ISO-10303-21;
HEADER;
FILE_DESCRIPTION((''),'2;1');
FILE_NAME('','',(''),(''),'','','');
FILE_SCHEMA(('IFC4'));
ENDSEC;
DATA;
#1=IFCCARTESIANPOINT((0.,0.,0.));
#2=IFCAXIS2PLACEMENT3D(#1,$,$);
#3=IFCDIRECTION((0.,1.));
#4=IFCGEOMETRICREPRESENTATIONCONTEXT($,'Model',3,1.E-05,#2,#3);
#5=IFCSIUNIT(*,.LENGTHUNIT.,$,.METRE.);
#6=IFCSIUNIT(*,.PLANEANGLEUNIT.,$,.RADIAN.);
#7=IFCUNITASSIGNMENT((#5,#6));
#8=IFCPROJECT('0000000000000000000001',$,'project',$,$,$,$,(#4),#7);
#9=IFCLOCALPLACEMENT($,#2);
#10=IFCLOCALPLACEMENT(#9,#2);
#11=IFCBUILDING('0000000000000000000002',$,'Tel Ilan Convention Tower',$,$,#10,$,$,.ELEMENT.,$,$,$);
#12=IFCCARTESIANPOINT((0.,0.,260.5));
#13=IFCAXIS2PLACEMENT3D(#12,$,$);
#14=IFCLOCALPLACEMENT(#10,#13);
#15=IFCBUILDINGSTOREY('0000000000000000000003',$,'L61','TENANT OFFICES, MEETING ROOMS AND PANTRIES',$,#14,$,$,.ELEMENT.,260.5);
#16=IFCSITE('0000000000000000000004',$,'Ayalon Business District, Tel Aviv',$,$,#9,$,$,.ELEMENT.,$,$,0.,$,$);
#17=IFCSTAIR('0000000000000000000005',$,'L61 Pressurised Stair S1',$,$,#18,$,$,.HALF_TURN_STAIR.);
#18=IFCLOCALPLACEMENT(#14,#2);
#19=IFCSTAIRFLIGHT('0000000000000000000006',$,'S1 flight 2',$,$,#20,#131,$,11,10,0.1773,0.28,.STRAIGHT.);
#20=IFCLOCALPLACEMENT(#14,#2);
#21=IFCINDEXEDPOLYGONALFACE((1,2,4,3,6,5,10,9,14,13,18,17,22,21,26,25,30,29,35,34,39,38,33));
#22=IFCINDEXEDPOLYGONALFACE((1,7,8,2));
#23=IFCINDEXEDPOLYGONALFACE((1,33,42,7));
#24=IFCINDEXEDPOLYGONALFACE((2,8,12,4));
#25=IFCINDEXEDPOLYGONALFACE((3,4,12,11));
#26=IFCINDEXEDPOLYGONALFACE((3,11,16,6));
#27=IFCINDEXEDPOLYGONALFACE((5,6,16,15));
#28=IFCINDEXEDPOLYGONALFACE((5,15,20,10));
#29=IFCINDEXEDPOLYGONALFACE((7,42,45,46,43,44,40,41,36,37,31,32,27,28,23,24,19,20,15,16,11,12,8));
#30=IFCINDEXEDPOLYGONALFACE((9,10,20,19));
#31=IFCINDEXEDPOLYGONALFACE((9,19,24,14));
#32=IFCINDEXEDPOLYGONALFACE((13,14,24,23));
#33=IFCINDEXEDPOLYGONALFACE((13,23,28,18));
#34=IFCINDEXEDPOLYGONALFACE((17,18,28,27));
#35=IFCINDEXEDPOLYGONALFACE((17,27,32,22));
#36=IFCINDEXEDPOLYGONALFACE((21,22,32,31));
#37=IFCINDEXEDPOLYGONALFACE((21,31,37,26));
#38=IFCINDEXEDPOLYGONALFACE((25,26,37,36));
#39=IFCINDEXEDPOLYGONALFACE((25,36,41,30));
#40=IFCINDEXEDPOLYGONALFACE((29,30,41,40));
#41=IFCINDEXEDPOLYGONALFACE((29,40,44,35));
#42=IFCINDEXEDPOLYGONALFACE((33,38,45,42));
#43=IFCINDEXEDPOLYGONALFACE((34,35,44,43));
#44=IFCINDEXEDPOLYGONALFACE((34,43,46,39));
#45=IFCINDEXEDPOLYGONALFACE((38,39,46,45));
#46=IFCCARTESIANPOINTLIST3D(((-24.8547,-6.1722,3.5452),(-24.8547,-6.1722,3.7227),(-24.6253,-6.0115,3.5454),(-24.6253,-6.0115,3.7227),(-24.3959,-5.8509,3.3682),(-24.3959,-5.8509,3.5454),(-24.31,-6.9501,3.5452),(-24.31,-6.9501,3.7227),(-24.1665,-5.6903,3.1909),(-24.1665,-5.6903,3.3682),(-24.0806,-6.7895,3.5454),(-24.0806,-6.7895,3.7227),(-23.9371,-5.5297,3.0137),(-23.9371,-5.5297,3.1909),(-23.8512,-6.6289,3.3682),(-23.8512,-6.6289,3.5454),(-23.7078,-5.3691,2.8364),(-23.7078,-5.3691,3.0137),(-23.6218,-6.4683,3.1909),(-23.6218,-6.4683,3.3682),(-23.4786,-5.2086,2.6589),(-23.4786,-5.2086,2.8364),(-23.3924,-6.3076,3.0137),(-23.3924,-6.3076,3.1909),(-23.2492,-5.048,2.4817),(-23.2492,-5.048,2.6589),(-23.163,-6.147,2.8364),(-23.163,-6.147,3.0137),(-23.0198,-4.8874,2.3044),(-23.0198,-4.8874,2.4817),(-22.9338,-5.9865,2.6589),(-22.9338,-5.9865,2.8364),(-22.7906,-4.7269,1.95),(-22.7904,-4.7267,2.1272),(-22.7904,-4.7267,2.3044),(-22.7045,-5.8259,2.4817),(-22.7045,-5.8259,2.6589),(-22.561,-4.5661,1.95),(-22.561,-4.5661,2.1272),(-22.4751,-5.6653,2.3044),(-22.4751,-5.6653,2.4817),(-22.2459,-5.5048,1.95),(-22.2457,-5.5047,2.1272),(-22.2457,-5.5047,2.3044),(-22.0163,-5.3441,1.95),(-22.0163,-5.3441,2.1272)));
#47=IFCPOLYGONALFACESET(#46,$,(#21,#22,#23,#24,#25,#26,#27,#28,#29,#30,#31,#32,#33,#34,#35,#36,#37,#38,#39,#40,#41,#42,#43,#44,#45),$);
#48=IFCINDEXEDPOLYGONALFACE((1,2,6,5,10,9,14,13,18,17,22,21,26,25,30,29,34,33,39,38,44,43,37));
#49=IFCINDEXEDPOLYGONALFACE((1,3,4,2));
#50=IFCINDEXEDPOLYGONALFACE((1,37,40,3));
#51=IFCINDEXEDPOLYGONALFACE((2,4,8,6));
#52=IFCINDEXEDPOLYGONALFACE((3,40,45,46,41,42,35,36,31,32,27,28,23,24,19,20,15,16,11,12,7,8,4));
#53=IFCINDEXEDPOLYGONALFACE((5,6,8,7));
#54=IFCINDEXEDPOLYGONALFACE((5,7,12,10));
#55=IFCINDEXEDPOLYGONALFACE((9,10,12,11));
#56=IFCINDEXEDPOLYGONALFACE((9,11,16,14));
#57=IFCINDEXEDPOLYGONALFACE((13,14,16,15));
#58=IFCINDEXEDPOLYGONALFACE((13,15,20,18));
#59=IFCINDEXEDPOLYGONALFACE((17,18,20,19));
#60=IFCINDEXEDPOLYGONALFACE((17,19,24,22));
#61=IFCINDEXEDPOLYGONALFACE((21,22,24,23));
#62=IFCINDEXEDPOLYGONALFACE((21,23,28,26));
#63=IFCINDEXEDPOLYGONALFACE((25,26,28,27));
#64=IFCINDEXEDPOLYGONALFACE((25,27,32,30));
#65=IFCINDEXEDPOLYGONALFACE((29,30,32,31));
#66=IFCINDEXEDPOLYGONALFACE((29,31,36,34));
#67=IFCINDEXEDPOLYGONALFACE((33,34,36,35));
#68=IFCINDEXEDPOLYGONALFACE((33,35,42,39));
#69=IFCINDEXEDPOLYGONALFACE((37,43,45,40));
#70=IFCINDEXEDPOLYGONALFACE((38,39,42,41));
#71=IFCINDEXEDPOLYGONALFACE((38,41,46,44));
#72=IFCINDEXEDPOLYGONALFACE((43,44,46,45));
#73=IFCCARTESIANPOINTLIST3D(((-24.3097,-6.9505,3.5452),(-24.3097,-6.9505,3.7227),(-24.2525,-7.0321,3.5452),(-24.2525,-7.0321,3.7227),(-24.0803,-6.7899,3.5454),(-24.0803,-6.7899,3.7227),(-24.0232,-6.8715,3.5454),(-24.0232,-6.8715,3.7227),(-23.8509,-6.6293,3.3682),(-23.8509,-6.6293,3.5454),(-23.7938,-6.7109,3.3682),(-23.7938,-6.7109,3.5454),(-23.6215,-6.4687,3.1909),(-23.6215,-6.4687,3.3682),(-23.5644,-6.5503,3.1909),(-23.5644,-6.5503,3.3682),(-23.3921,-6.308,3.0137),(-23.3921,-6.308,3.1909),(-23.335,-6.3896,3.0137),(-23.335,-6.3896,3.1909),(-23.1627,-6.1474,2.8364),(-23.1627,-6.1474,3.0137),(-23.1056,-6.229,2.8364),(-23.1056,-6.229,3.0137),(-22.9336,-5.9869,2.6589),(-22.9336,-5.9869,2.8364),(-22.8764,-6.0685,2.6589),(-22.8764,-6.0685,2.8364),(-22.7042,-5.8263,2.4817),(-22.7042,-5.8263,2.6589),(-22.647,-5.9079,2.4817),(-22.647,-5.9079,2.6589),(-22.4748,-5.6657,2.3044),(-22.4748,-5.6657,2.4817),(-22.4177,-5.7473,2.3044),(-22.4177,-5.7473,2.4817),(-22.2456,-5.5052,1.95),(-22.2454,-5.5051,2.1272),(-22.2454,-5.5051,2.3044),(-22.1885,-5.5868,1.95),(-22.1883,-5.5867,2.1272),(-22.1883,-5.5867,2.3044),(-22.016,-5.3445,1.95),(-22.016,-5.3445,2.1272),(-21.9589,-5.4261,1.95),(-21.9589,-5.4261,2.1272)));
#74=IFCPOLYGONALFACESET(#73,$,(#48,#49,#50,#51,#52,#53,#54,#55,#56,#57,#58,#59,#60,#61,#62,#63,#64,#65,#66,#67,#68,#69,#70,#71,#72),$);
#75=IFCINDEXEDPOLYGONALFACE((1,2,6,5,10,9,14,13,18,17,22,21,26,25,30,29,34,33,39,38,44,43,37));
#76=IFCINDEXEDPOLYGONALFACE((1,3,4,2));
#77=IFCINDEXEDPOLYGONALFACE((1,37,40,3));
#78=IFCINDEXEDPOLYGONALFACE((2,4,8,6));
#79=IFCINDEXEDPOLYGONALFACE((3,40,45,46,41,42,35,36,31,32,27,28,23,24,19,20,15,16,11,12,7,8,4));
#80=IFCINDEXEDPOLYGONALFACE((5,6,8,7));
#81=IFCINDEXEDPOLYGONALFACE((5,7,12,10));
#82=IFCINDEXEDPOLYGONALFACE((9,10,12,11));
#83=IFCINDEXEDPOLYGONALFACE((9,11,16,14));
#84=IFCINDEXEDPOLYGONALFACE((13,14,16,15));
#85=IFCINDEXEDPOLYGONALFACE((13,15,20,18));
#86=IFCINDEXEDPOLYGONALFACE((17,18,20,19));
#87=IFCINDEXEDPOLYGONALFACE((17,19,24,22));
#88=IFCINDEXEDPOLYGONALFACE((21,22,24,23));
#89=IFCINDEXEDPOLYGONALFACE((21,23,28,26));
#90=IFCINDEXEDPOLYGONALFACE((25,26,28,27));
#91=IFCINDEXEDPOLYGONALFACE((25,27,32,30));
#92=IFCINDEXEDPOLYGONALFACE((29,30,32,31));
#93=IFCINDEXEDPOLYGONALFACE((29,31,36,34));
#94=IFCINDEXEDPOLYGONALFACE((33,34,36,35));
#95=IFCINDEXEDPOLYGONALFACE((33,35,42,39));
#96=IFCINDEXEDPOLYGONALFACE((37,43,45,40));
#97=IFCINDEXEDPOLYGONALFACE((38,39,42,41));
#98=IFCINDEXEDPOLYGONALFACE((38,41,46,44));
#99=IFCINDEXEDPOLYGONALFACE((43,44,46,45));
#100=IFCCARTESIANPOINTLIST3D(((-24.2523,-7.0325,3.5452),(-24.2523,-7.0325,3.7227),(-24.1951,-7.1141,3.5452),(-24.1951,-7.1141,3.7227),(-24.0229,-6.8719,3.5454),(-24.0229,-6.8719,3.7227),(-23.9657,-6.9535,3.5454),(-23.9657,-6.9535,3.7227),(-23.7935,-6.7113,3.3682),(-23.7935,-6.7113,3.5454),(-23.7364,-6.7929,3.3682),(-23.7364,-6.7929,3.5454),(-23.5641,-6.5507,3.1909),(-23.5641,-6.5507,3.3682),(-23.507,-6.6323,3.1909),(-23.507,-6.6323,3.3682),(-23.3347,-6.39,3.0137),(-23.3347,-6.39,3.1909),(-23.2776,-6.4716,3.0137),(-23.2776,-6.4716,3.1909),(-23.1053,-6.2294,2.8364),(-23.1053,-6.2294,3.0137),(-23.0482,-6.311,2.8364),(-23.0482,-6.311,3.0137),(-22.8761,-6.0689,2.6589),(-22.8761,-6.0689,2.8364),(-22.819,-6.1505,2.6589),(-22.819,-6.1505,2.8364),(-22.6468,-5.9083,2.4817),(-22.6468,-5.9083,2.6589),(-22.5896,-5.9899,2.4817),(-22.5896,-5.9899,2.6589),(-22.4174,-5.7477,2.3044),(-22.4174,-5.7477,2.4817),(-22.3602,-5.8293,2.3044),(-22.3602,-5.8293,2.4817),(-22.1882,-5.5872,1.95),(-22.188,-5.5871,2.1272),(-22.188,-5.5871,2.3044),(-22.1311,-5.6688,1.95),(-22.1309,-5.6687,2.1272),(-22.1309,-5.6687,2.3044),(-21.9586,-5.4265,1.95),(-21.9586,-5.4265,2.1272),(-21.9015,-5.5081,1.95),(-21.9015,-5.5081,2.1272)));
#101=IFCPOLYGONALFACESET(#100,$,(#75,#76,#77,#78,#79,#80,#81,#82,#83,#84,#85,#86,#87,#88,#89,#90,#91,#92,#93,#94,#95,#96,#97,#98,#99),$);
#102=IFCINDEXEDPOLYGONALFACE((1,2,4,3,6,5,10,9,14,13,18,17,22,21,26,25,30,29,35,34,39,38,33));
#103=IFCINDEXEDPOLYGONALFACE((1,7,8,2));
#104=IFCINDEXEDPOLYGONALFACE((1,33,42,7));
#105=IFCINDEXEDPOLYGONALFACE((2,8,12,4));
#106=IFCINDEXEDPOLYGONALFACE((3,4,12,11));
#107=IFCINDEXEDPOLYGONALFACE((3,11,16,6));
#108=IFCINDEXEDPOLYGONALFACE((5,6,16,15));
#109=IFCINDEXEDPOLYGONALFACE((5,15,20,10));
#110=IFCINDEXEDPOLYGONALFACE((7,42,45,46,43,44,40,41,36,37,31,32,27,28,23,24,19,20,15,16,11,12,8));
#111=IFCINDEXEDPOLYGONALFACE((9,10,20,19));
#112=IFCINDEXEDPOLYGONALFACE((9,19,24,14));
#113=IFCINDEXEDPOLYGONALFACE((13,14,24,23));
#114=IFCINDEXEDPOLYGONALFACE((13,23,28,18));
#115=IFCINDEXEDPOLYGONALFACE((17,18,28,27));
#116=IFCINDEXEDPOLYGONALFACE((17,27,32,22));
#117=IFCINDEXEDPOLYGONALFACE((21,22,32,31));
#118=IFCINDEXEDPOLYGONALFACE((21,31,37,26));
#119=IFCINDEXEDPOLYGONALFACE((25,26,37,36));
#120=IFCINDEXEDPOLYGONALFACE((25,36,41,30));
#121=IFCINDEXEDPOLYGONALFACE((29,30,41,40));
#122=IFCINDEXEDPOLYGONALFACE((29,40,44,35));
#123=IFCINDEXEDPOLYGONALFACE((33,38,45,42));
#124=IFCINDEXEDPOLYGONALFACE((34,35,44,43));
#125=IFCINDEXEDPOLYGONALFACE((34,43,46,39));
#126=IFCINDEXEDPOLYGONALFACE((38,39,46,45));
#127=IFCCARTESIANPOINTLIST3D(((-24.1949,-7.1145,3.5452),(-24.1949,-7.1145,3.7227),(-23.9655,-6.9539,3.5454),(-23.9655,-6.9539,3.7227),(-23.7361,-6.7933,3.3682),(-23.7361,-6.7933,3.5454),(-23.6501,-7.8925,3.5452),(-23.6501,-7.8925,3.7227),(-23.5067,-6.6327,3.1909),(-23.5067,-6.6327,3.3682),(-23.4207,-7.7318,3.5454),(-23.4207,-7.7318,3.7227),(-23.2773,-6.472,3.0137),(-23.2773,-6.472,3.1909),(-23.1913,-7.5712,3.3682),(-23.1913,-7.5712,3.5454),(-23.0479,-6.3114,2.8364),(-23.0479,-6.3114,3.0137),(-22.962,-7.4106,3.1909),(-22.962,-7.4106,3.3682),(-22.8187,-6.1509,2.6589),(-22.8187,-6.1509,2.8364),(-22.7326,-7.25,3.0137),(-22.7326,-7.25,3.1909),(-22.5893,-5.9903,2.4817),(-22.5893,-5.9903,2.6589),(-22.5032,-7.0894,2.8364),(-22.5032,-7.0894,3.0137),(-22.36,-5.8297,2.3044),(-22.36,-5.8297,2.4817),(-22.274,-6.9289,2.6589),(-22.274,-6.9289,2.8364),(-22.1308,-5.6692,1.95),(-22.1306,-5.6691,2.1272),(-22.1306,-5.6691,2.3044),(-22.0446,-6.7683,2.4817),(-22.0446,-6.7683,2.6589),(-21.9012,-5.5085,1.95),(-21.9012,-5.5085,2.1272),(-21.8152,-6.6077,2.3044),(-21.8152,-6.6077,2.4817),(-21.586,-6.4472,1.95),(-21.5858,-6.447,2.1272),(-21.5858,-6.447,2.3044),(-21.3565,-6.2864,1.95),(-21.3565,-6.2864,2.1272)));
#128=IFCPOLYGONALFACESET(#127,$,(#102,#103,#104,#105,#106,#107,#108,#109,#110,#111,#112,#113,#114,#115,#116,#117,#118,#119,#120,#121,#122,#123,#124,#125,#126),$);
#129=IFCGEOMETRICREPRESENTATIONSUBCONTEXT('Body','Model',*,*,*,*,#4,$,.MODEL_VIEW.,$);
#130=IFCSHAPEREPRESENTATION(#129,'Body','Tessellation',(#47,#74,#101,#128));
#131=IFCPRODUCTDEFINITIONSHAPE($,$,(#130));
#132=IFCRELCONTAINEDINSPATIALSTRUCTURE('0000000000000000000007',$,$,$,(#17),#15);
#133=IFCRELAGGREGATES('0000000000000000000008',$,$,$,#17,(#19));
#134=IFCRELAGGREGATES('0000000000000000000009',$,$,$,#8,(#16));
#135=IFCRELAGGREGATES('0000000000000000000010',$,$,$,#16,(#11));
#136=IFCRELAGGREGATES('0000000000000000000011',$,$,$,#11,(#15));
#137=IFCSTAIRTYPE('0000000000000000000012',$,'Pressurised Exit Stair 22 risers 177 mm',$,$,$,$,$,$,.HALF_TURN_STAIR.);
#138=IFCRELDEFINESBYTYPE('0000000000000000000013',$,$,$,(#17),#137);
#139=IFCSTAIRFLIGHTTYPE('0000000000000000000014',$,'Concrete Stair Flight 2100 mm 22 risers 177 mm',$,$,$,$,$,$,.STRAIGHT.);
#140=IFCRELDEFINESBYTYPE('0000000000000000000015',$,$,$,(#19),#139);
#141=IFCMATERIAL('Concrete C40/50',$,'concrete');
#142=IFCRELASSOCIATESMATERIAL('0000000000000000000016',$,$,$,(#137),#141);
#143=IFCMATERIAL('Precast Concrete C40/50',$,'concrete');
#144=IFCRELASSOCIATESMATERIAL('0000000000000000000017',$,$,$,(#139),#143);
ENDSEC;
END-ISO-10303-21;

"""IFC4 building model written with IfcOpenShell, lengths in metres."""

from ifc_helpers import new_model, si_unit, direction, frame, origin, place, context, subcontext, project, spatial, polyline, outline, extrude, material, type_object, element, aggregate, save


model = new_model("IFC4")

# Units and contexts
model_context = context("Model", 3, precision=1e-05, world=origin(), true_north=direction((0.0, 1.0)))
body_context = subcontext(model_context, "Body", "Model", "MODEL_VIEW")
ifc_project = project(units=[si_unit("LENGTHUNIT", "METRE"), si_unit("PLANEANGLEUNIT", "RADIAN")], contexts=[model_context])

# Site, building, storey
site_placement = place(None, origin())
site = spatial("IfcSite", under=ifc_project, at=site_placement, Name="Ayalon Business District, Tel Aviv", CompositionType="ELEMENT", RefElevation=0.0)
building_placement = place(site_placement, origin())
building = spatial("IfcBuilding", under=site, at=building_placement, Name="Tel Ilan Convention Tower", CompositionType="ELEMENT")
storey_placement = place(building_placement, frame((0.0, 0.0, 260.5)))
storey = spatial("IfcBuildingStorey", under=building, at=storey_placement, Name="L61", Description="TENANT OFFICES, MEETING ROOMS AND PANTRIES", CompositionType="ELEMENT", Elevation=260.5)

# Stair, stair flight
ifc_material_1 = material(Name="Concrete C40/50", Category="concrete")
stair_type = type_object("IfcStairType", Name="Pressurised Exit Stair 22 risers 177 mm", PredefinedType="HALF_TURN_STAIR", material=ifc_material_1)
stair_1_placement = place(storey_placement, origin())
stair_1 = element("IfcStair", 1, at=stair_1_placement, inside=storey, type_object=stair_type, Name="L61 Pressurised Stair S1", PredefinedType="HALF_TURN_STAIR")
ifc_material_2 = material(Name="Precast Concrete C40/50", Category="concrete")
stair_flight_type = type_object("IfcStairFlightType", Name="Concrete Stair Flight 2100 mm 22 risers 177 mm", PredefinedType="STRAIGHT", material=ifc_material_2)
stair_flight_1_placement = place(storey_placement, frame((-21.9587, -5.4263, 1.95), z_axis=(0.0, 0.0, 1.0), x_axis=(-0.819152, -0.573576, 0.0)))
stair_flight_1 = element("IfcStairFlight", 2, at=stair_flight_1_placement, type_object=stair_flight_type, Name="S1 flight 2", NumberOfRisers=11, NumberOfTreads=10, PredefinedType="STRAIGHT", RiserHeight=0.1773, TreadLength=0.28, context=body_context, shape_type="SweptSolid", body=[
    extrude(outline(polyline([(0.0, 0.0), (0.0, 0.1772), (0.28, 0.1772), (0.28, 0.3545), (0.5601, 0.3545), (0.5601, 0.5317), (0.8401, 0.5317), (0.8401, 0.709), (1.1201, 0.709), (1.1201, 0.8865), (1.3999, 0.8865), (1.3999, 1.0637), (1.6799, 1.0637), (1.6799, 1.241), (1.96, 1.241), (1.96, 1.4182), (2.24, 1.4182), (2.24, 1.5955), (2.52, 1.5955), (2.52, 1.7727), (2.8, 1.7727), (2.8, 1.95), (2.8, 1.5952), (0.2803, 0.0), (0.0, 0.0)])), frame((0.0, -0.1003, 0.0), z_axis=(0.0, -1.0, 0.0), x_axis=(1.0, 0.0, 0.0)), (0.0, 0.0, 1.0), 0.9497),
    extrude(outline(polyline([(0.0, 0.0), (0.0, 0.1772), (0.28, 0.1772), (0.28, 0.3545), (0.5601, 0.3545), (0.5601, 0.5317), (0.8401, 0.5317), (0.8401, 0.709), (1.1201, 0.709), (1.1201, 0.8865), (1.3999, 0.8865), (1.3999, 1.0637), (1.6799, 1.0637), (1.6799, 1.241), (1.96, 1.241), (1.96, 1.4182), (2.24, 1.4182), (2.24, 1.5955), (2.52, 1.5955), (2.52, 1.7727), (2.8, 1.7727), (2.8, 1.95), (2.8, 1.5952), (0.2803, 0.0), (0.0, 0.0)])), frame((0.0, -0.0002, 0.0), z_axis=(0.0, -1.0, 0.0), x_axis=(1.0, 0.0, 0.0)), (0.0, 0.0, 1.0), 0.0996),
    extrude(outline(polyline([(0.0, 0.0), (0.0, 0.1772), (0.28, 0.1772), (0.28, 0.3545), (0.5601, 0.3545), (0.5601, 0.5317), (0.8401, 0.5317), (0.8401, 0.709), (1.1201, 0.709), (1.1201, 0.8865), (1.3999, 0.8865), (1.3999, 1.0637), (1.6799, 1.0637), (1.6799, 1.241), (1.96, 1.241), (1.96, 1.4182), (2.24, 1.4182), (2.24, 1.5955), (2.52, 1.5955), (2.52, 1.7727), (2.8, 1.7727), (2.8, 1.95), (2.8, 1.5952), (0.2803, 0.0), (0.0, 0.0)])), frame((0.0, 0.0999, 0.0), z_axis=(0.0, -1.0, 0.0), x_axis=(1.0, 0.0, 0.0)), (0.0, 0.0, 1.0), 0.0996),
    extrude(outline(polyline([(0.0, 0.0), (0.0, 0.1772), (0.28, 0.1772), (0.28, 0.3545), (0.5601, 0.3545), (0.5601, 0.5317), (0.8401, 0.5317), (0.8401, 0.709), (1.1201, 0.709), (1.1201, 0.8865), (1.3999, 0.8865), (1.3999, 1.0637), (1.6799, 1.0637), (1.6799, 1.241), (1.96, 1.241), (1.96, 1.4182), (2.24, 1.4182), (2.24, 1.5955), (2.52, 1.5955), (2.52, 1.7727), (2.8, 1.7727), (2.8, 1.95), (2.8, 1.5952), (0.2803, 0.0), (0.0, 0.0)])), frame((0.0, 1.05, 0.0), z_axis=(0.0, -1.0, 0.0), x_axis=(1.0, 0.0, 0.0)), (0.0, 0.0, 1.0), 0.9497),
])
aggregate(stair_1, [stair_flight_1])

save(model, "model.ifc")
